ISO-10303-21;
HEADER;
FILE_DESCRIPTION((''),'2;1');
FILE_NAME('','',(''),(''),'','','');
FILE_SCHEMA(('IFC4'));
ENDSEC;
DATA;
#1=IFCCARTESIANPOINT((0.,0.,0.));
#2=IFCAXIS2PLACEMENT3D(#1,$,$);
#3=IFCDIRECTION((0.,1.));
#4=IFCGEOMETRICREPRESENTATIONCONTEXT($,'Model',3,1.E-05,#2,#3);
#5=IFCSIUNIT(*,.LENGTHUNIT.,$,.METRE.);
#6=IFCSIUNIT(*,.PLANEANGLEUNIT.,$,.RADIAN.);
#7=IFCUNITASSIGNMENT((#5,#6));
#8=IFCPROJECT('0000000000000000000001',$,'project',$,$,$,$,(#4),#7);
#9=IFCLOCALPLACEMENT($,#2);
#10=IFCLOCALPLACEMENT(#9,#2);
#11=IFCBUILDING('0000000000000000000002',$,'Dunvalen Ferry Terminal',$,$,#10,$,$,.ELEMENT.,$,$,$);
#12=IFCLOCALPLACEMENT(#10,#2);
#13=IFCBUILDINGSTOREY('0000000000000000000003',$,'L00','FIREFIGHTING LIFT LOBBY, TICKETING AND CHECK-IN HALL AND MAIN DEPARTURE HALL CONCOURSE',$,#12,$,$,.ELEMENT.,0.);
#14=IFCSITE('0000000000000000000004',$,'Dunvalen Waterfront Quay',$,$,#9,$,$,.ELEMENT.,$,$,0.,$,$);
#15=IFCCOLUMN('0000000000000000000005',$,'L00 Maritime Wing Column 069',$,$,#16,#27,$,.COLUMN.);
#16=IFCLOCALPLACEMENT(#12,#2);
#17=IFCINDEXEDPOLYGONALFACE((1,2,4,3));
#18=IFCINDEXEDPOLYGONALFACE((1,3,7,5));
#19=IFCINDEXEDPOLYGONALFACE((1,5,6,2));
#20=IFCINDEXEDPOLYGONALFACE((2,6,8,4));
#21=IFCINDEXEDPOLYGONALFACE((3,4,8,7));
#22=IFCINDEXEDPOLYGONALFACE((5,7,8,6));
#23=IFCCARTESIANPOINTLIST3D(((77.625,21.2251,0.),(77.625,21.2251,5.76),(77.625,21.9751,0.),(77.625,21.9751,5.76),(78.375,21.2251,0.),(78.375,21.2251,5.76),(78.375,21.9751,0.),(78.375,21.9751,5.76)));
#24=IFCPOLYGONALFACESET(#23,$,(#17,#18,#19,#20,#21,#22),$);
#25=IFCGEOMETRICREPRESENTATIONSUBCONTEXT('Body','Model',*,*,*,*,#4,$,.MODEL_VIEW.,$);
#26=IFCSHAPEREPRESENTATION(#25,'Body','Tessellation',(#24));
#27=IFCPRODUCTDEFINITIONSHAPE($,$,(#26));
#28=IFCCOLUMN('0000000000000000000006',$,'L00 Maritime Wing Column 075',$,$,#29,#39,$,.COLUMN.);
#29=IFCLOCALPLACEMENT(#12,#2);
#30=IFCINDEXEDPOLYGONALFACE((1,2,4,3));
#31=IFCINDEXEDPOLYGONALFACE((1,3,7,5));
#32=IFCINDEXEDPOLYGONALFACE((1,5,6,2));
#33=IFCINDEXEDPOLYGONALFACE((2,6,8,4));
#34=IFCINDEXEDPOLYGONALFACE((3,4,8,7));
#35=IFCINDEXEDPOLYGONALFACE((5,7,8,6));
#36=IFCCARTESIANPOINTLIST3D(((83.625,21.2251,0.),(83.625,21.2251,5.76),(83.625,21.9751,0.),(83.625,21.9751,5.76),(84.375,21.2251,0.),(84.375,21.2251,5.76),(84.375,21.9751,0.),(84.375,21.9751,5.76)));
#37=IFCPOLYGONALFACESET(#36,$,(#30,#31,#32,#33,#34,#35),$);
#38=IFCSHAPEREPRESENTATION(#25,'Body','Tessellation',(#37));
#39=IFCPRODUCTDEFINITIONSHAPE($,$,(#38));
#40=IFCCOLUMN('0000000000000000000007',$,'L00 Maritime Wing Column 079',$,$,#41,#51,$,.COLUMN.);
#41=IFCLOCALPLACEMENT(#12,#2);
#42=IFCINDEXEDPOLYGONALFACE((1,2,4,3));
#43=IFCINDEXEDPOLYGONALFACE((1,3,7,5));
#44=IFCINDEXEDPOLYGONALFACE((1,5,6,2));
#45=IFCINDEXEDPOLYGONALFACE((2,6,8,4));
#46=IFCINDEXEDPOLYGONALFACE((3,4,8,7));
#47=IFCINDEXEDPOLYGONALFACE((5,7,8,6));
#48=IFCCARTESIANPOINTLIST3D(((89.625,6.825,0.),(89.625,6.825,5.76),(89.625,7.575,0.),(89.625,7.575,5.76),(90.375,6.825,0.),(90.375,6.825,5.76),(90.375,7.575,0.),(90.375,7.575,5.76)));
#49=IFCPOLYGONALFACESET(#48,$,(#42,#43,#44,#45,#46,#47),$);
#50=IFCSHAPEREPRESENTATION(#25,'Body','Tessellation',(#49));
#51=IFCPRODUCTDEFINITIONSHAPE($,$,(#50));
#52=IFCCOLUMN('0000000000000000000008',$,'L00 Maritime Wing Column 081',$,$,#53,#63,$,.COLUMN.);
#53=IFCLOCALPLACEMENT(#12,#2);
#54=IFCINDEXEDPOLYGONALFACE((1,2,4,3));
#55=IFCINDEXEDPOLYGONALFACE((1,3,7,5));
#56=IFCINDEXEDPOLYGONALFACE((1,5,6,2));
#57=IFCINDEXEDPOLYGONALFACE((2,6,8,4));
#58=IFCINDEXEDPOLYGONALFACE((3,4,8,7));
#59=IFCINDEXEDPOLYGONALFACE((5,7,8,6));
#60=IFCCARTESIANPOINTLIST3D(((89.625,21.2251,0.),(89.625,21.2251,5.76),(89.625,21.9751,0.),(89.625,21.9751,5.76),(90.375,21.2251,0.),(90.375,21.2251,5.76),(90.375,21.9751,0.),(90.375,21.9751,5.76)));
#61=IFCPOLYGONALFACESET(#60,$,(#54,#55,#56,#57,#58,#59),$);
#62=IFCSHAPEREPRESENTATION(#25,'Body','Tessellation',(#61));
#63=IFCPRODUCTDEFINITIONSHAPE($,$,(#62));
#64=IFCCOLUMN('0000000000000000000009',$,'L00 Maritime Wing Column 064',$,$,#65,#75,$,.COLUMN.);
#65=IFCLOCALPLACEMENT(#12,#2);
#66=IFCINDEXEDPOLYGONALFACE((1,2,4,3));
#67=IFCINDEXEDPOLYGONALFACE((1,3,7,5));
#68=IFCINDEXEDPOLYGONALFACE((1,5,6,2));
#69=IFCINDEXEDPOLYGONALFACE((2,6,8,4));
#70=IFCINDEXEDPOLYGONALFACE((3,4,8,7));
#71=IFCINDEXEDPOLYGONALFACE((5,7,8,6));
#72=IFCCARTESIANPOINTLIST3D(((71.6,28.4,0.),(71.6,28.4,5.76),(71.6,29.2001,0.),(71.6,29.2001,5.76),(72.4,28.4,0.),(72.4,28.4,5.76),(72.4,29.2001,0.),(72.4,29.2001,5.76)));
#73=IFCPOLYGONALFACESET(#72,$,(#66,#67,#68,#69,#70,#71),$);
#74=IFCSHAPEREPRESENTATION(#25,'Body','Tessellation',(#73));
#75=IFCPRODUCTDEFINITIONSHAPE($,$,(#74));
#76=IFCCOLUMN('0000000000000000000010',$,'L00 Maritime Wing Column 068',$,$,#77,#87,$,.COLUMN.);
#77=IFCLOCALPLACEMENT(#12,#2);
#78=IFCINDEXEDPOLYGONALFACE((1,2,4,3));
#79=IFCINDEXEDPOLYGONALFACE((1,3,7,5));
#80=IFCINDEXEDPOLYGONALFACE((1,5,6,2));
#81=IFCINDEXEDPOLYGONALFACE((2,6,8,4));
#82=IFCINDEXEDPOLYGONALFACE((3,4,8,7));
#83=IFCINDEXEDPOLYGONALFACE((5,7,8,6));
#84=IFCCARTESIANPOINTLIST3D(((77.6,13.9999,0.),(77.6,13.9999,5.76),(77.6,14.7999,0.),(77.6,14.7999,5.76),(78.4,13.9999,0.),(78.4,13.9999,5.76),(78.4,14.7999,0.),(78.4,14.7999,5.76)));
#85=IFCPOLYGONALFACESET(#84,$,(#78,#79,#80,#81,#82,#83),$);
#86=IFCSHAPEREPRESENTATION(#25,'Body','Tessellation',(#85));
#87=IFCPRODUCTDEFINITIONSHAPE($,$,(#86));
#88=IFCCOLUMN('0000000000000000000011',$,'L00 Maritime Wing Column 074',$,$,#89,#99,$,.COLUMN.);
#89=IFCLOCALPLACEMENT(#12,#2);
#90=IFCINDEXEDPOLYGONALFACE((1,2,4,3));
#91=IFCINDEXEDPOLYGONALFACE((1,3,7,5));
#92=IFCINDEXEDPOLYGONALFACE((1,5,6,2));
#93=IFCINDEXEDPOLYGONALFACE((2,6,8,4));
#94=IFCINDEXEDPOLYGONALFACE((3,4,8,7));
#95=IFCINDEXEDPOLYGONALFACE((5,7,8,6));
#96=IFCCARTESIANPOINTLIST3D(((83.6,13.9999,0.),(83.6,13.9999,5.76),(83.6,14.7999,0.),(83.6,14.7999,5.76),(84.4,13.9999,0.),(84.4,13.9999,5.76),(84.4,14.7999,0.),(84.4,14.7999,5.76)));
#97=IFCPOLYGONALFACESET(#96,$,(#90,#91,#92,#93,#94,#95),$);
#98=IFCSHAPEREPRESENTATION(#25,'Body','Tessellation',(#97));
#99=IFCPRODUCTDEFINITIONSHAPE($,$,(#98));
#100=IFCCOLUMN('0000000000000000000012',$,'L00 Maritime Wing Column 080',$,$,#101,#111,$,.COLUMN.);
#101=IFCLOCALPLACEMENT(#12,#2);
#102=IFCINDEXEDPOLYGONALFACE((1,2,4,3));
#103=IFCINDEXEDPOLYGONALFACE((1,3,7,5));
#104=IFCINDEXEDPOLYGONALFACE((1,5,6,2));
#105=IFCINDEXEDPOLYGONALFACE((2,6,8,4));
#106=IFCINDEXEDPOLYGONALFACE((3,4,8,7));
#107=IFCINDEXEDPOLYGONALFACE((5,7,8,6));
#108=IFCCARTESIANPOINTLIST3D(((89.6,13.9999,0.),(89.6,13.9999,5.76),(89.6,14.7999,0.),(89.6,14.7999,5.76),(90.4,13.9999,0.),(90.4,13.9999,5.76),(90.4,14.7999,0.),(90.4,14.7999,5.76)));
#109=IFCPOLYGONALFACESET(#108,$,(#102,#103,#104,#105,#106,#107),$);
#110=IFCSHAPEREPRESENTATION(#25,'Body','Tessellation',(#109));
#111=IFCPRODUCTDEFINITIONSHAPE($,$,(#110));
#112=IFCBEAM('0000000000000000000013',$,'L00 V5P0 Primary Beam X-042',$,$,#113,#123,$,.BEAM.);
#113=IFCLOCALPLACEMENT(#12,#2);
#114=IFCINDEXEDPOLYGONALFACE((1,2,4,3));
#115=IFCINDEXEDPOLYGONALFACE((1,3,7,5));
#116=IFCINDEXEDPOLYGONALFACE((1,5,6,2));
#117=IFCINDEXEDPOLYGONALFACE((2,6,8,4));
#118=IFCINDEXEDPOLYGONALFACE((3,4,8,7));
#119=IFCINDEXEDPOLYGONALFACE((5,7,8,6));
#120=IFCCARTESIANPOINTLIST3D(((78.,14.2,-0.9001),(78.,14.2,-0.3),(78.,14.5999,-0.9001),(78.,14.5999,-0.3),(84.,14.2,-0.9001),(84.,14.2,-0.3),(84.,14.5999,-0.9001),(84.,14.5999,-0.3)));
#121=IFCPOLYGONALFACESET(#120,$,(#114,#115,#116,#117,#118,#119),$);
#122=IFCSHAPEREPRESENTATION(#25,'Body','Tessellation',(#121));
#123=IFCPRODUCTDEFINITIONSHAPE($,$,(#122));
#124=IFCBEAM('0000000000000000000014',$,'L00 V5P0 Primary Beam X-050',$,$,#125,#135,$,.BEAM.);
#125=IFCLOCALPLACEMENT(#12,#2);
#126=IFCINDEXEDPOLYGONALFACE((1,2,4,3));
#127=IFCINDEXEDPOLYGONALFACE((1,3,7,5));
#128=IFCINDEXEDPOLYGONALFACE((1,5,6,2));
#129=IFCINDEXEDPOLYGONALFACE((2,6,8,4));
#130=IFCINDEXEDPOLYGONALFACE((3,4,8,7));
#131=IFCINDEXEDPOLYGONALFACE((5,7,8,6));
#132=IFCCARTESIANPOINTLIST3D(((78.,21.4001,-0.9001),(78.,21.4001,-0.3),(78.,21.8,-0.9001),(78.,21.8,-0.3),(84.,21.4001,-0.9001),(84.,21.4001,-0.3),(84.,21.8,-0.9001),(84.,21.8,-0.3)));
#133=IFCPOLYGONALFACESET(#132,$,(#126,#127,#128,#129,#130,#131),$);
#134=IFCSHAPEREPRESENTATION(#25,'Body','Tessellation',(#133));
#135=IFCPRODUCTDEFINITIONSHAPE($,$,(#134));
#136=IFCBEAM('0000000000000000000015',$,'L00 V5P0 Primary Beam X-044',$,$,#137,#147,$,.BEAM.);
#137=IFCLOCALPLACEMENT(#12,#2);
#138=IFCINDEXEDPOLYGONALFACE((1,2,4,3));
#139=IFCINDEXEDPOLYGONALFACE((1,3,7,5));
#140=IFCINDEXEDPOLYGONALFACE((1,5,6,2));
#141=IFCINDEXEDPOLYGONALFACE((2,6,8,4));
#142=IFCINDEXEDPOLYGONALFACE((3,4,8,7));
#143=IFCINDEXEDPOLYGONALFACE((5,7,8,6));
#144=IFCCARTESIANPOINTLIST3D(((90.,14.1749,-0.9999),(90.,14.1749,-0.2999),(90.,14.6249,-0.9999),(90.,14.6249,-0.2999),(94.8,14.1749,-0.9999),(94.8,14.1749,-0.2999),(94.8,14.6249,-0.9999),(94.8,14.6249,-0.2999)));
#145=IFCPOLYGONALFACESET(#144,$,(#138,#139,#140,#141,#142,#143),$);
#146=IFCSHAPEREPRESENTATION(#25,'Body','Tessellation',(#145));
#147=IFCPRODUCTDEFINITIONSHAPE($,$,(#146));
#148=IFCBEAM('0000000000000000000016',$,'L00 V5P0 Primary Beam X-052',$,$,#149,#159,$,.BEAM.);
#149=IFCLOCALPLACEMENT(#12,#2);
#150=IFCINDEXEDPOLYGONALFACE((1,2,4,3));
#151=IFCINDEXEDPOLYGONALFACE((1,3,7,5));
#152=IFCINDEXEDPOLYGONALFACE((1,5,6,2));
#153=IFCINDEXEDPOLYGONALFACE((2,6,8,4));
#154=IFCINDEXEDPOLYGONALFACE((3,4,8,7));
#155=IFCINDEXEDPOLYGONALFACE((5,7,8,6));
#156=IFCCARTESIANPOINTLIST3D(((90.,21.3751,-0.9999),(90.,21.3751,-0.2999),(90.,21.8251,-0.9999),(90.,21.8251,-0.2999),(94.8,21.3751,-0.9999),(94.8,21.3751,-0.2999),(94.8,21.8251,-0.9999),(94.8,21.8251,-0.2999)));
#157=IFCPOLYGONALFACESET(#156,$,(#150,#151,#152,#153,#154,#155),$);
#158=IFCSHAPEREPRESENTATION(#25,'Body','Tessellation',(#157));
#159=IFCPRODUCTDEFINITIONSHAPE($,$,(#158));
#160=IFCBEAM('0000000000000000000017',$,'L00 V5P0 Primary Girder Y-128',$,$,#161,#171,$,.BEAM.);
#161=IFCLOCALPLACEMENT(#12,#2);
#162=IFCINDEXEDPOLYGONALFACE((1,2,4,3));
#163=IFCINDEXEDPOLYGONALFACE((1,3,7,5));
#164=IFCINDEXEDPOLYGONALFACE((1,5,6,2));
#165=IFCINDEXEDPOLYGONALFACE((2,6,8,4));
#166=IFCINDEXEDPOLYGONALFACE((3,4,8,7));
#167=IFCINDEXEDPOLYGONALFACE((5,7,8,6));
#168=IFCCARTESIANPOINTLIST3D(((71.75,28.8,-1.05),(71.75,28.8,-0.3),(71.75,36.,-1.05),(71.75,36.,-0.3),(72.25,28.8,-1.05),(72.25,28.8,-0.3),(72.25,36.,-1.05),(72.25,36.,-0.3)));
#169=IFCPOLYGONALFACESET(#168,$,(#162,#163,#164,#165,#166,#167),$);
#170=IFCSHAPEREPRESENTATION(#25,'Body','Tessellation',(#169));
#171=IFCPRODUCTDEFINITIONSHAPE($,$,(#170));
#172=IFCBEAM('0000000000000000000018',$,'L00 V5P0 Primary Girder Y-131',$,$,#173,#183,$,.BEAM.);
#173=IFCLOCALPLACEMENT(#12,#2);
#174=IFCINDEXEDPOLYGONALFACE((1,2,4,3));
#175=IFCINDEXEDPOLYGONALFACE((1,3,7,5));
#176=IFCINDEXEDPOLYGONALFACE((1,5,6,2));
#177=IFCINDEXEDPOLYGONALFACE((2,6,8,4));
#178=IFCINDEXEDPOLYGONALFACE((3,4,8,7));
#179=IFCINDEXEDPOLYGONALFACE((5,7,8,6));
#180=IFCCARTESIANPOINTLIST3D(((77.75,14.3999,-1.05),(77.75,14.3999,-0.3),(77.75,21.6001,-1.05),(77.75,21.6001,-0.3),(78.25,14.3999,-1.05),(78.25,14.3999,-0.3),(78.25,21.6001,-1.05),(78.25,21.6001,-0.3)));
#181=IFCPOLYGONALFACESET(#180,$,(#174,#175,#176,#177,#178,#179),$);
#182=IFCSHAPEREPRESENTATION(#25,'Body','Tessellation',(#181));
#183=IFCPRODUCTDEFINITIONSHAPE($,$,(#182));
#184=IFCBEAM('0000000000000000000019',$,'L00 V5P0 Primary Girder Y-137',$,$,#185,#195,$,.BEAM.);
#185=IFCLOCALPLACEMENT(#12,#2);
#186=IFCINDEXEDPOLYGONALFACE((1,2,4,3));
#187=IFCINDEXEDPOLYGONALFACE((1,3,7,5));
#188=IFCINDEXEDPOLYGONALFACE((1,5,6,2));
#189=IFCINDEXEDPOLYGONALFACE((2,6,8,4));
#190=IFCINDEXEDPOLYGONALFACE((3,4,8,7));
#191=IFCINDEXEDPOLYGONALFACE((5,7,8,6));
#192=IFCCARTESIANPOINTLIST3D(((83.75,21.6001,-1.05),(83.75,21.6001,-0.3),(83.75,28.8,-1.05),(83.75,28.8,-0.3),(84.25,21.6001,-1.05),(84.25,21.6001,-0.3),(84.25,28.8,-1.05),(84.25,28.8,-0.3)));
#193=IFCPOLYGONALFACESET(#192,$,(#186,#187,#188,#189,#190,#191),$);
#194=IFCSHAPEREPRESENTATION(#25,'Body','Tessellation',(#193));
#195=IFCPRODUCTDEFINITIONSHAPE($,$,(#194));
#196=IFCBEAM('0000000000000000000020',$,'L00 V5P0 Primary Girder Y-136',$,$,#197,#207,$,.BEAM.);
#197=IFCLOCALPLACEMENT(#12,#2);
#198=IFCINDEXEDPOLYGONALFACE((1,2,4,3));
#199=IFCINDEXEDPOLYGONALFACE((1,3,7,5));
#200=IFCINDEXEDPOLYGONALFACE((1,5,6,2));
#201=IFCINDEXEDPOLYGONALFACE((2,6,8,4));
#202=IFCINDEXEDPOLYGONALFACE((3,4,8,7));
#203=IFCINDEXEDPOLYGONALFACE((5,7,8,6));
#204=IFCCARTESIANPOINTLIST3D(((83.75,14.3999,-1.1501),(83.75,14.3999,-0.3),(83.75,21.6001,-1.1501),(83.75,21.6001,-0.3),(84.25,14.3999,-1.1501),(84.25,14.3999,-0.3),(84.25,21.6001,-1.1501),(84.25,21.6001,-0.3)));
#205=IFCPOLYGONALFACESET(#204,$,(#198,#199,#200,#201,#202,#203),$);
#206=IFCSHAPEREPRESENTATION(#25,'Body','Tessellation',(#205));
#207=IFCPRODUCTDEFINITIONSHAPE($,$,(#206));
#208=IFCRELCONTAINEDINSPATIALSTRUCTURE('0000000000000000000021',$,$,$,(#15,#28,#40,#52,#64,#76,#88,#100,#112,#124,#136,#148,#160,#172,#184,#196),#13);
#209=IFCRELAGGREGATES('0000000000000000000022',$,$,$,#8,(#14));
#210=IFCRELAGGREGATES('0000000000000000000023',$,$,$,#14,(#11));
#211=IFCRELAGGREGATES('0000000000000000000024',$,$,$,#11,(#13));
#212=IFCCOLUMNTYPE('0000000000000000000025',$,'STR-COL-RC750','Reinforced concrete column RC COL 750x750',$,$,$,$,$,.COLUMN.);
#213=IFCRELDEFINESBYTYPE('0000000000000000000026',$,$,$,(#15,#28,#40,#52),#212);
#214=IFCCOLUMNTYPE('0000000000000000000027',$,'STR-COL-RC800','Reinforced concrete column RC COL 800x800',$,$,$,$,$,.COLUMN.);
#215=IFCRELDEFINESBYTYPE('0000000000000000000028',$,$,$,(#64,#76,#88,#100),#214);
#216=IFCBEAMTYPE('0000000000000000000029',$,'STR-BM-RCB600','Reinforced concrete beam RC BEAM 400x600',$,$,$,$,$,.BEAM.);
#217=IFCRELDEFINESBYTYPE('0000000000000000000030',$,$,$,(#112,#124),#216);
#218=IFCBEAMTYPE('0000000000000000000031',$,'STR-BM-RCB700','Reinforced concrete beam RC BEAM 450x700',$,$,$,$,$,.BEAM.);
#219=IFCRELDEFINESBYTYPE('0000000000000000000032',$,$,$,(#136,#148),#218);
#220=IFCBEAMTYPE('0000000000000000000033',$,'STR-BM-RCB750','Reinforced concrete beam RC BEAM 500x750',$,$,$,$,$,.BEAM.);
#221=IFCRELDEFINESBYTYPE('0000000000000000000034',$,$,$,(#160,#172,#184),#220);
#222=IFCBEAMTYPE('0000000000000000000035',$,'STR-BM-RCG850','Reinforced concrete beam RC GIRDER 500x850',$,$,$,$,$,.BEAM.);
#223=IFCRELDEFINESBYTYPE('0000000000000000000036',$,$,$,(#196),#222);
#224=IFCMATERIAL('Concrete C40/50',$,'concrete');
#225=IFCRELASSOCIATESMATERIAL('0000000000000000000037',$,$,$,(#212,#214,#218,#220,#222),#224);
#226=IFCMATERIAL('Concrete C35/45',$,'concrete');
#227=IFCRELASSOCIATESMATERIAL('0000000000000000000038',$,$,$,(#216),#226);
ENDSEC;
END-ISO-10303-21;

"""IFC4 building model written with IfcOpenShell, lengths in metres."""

from ifc_helpers import new_model, si_unit, direction, frame, origin, origin_2d, place, context, subcontext, project, spatial, rectangle, extrude, material, material_profile, profile_set, type_object, element, save


model = new_model("IFC4")

# Units and contexts
model_context = context("Model", 3, precision=1e-05, world=origin(), true_north=direction((0.0, 1.0)))
body_context = subcontext(model_context, "Body", "Model", "MODEL_VIEW")
ifc_project = project(units=[si_unit("LENGTHUNIT", "METRE"), si_unit("PLANEANGLEUNIT", "RADIAN")], contexts=[model_context])

# Site, building, storey
site_placement = place(None, origin())
site = spatial("IfcSite", under=ifc_project, at=site_placement, Name="Dunvalen Waterfront Quay", CompositionType="ELEMENT", RefElevation=0.0)
building_placement = place(site_placement, origin())
building = spatial("IfcBuilding", under=site, at=building_placement, Name="Dunvalen Ferry Terminal", CompositionType="ELEMENT")
storey_placement = place(building_placement, origin())
storey = spatial("IfcBuildingStorey", under=building, at=storey_placement, Name="L00", Description="FIREFIGHTING LIFT LOBBY, TICKETING AND CHECK-IN HALL AND MAIN DEPARTURE HALL CONCOURSE", CompositionType="ELEMENT", Elevation=0.0)

# Columns
ifc_material_1 = material(Name="Concrete C40/50", Category="concrete")
ifc_material_profile_1 = material_profile(ifc_material_1, rectangle(XDim=0.75, YDim=0.75, at=origin_2d()), Name="Concrete C40/50")
ifc_profile_set_1 = profile_set([ifc_material_profile_1], Name="Concrete C40/50")
column_type_1 = type_object("IfcColumnType", Name="STR-COL-RC750", Description="Reinforced concrete column RC COL 750x750", PredefinedType="COLUMN", material=ifc_profile_set_1)
for number, where, z_axis, x_axis, name in (
    (1, (78.0, 21.6001, 0.0), (0.0, 0.0, 1.0), (1.0, 0.0, 0.0), "L00 Maritime Wing Column 069"),
    (2, (84.0, 21.6001, 0.0), (0.0, 0.0, 1.0), (1.0, 0.0, 0.0), "L00 Maritime Wing Column 075"),
    (3, (90.0, 7.2, 0.0), (0.0, 0.0, 1.0), (1.0, 0.0, 0.0), "L00 Maritime Wing Column 079"),
    (4, (90.0, 21.6001, 0.0), (0.0, 0.0, 1.0), (1.0, 0.0, 0.0), "L00 Maritime Wing Column 081"),
):
    element("IfcColumn", number, at=place(storey_placement, frame(where, z_axis=z_axis, x_axis=x_axis)), inside=storey, type_object=column_type_1, Name=name, PredefinedType="COLUMN", context=body_context, shape_type="SweptSolid", body=[
        extrude(rectangle(XDim=0.75, YDim=0.75, at=origin_2d()), origin(), (0.0, 0.0, 1.0), 5.76),
    ])
ifc_material_profile_2 = material_profile(ifc_material_1, rectangle(XDim=0.8, YDim=0.8, at=origin_2d()), Name="Concrete C40/50")
ifc_profile_set_2 = profile_set([ifc_material_profile_2], Name="Concrete C40/50")
column_type_2 = type_object("IfcColumnType", Name="STR-COL-RC800", Description="Reinforced concrete column RC COL 800x800", PredefinedType="COLUMN", material=ifc_profile_set_2)
for number, where, z_axis, x_axis, name in (
    (5, (72.0, 28.8, 0.0), (0.0, 0.0, 1.0), (1.0, 0.0, 0.0), "L00 Maritime Wing Column 064"),
    (6, (78.0, 14.3999, 0.0), (0.0, 0.0, 1.0), (1.0, 0.0, 0.0), "L00 Maritime Wing Column 068"),
    (7, (84.0, 14.3999, 0.0), (0.0, 0.0, 1.0), (1.0, 0.0, 0.0), "L00 Maritime Wing Column 074"),
    (8, (90.0, 14.3999, 0.0), (0.0, 0.0, 1.0), (1.0, 0.0, 0.0), "L00 Maritime Wing Column 080"),
):
    element("IfcColumn", number, at=place(storey_placement, frame(where, z_axis=z_axis, x_axis=x_axis)), inside=storey, type_object=column_type_2, Name=name, PredefinedType="COLUMN", context=body_context, shape_type="SweptSolid", body=[
        extrude(rectangle(XDim=0.8, YDim=0.8, at=origin_2d()), origin(), (0.0, 0.0, 1.0), 5.76),
    ])

# Beams
ifc_material_2 = material(Name="Concrete C35/45", Category="concrete")
ifc_material_profile_3 = material_profile(ifc_material_2, rectangle(XDim=0.3999, YDim=0.6001, at=origin_2d()), Name="Concrete C35/45")
ifc_profile_set_3 = profile_set([ifc_material_profile_3], Name="Concrete C35/45")
beam_type_1 = type_object("IfcBeamType", Name="STR-BM-RCB600", Description="Reinforced concrete beam RC BEAM 400x600", PredefinedType="BEAM", material=ifc_profile_set_3)
for number, where, z_axis, x_axis, name in (
    (9, (78.0, 14.3999, -0.6001), (1.0, 0.0, 0.0), (0.0, 1.0, 0.0), "L00 V5P0 Primary Beam X-042"),
    (10, (78.0, 21.6001, -0.6001), (1.0, 0.0, 0.0), (0.0, 1.0, 0.0), "L00 V5P0 Primary Beam X-050"),
):
    element("IfcBeam", number, at=place(storey_placement, frame(where, z_axis=z_axis, x_axis=x_axis)), inside=storey, type_object=beam_type_1, Name=name, PredefinedType="BEAM", context=body_context, shape_type="SweptSolid", body=[
        extrude(rectangle(XDim=0.3999, YDim=0.6001, at=origin_2d()), origin(), (0.0, 0.0, 1.0), 6.0),
    ])
ifc_material_profile_4 = material_profile(ifc_material_1, rectangle(XDim=0.45, YDim=0.7, at=origin_2d()), Name="Concrete C40/50")
ifc_profile_set_4 = profile_set([ifc_material_profile_4], Name="Concrete C40/50")
beam_type_2 = type_object("IfcBeamType", Name="STR-BM-RCB700", Description="Reinforced concrete beam RC BEAM 450x700", PredefinedType="BEAM", material=ifc_profile_set_4)
for number, where, z_axis, x_axis, name in (
    (11, (90.0, 14.3999, -0.6499), (1.0, 0.0, 0.0), (0.0, 1.0, 0.0), "L00 V5P0 Primary Beam X-044"),
    (12, (90.0, 21.6001, -0.6499), (1.0, 0.0, 0.0), (0.0, 1.0, 0.0), "L00 V5P0 Primary Beam X-052"),
):
    element("IfcBeam", number, at=place(storey_placement, frame(where, z_axis=z_axis, x_axis=x_axis)), inside=storey, type_object=beam_type_2, Name=name, PredefinedType="BEAM", context=body_context, shape_type="SweptSolid", body=[
        extrude(rectangle(XDim=0.45, YDim=0.7, at=origin_2d()), origin(), (0.0, 0.0, 1.0), 4.8),
    ])
ifc_material_profile_5 = material_profile(ifc_material_1, rectangle(XDim=0.5, YDim=0.75, at=origin_2d()), Name="Concrete C40/50")
ifc_profile_set_5 = profile_set([ifc_material_profile_5], Name="Concrete C40/50")
beam_type_3 = type_object("IfcBeamType", Name="STR-BM-RCB750", Description="Reinforced concrete beam RC BEAM 500x750", PredefinedType="BEAM", material=ifc_profile_set_5)
beam_1_placement = place(storey_placement, frame((72.0, 28.8, -0.675), z_axis=(0.0, 1.0, 0.0), x_axis=(-1.0, 0.0, 0.0)))
element("IfcBeam", 13, at=beam_1_placement, inside=storey, type_object=beam_type_3, Name="L00 V5P0 Primary Girder Y-128", PredefinedType="BEAM", context=body_context, shape_type="SweptSolid", body=[
    extrude(rectangle(XDim=0.5, YDim=0.75, at=origin_2d()), origin(), (0.0, 0.0, 1.0), 7.2),
])
beam_2_placement = place(storey_placement, frame((78.0, 14.3999, -0.675), z_axis=(0.0, 1.0, 0.0), x_axis=(-1.0, 0.0, 0.0)))
element("IfcBeam", 14, at=beam_2_placement, inside=storey, type_object=beam_type_3, Name="L00 V5P0 Primary Girder Y-131", PredefinedType="BEAM", context=body_context, shape_type="SweptSolid", body=[
    extrude(rectangle(XDim=0.5, YDim=0.75, at=origin_2d()), origin(), (0.0, 0.0, 1.0), 7.2002),
])
beam_3_placement = place(storey_placement, frame((84.0, 21.6001, -0.675), z_axis=(0.0, 1.0, 0.0), x_axis=(-1.0, 0.0, 0.0)))
element("IfcBeam", 15, at=beam_3_placement, inside=storey, type_object=beam_type_3, Name="L00 V5P0 Primary Girder Y-137", PredefinedType="BEAM", context=body_context, shape_type="SweptSolid", body=[
    extrude(rectangle(XDim=0.5, YDim=0.75, at=origin_2d()), origin(), (0.0, 0.0, 1.0), 7.2),
])
ifc_material_profile_6 = material_profile(ifc_material_1, rectangle(XDim=0.5, YDim=0.8501, at=origin_2d()), Name="Concrete C40/50")
ifc_profile_set_6 = profile_set([ifc_material_profile_6], Name="Concrete C40/50")
beam_type_4 = type_object("IfcBeamType", Name="STR-BM-RCG850", Description="Reinforced concrete beam RC GIRDER 500x850", PredefinedType="BEAM", material=ifc_profile_set_6)
beam_4_placement = place(storey_placement, frame((84.0, 14.3999, -0.7251), z_axis=(0.0, 1.0, 0.0), x_axis=(-1.0, 0.0, 0.0)))
element("IfcBeam", 16, at=beam_4_placement, inside=storey, type_object=beam_type_4, Name="L00 V5P0 Primary Girder Y-136", PredefinedType="BEAM", context=body_context, shape_type="SweptSolid", body=[
    extrude(rectangle(XDim=0.5, YDim=0.8501, at=origin_2d()), origin(), (0.0, 0.0, 1.0), 7.2002),
])

save(model, "model.ifc")
